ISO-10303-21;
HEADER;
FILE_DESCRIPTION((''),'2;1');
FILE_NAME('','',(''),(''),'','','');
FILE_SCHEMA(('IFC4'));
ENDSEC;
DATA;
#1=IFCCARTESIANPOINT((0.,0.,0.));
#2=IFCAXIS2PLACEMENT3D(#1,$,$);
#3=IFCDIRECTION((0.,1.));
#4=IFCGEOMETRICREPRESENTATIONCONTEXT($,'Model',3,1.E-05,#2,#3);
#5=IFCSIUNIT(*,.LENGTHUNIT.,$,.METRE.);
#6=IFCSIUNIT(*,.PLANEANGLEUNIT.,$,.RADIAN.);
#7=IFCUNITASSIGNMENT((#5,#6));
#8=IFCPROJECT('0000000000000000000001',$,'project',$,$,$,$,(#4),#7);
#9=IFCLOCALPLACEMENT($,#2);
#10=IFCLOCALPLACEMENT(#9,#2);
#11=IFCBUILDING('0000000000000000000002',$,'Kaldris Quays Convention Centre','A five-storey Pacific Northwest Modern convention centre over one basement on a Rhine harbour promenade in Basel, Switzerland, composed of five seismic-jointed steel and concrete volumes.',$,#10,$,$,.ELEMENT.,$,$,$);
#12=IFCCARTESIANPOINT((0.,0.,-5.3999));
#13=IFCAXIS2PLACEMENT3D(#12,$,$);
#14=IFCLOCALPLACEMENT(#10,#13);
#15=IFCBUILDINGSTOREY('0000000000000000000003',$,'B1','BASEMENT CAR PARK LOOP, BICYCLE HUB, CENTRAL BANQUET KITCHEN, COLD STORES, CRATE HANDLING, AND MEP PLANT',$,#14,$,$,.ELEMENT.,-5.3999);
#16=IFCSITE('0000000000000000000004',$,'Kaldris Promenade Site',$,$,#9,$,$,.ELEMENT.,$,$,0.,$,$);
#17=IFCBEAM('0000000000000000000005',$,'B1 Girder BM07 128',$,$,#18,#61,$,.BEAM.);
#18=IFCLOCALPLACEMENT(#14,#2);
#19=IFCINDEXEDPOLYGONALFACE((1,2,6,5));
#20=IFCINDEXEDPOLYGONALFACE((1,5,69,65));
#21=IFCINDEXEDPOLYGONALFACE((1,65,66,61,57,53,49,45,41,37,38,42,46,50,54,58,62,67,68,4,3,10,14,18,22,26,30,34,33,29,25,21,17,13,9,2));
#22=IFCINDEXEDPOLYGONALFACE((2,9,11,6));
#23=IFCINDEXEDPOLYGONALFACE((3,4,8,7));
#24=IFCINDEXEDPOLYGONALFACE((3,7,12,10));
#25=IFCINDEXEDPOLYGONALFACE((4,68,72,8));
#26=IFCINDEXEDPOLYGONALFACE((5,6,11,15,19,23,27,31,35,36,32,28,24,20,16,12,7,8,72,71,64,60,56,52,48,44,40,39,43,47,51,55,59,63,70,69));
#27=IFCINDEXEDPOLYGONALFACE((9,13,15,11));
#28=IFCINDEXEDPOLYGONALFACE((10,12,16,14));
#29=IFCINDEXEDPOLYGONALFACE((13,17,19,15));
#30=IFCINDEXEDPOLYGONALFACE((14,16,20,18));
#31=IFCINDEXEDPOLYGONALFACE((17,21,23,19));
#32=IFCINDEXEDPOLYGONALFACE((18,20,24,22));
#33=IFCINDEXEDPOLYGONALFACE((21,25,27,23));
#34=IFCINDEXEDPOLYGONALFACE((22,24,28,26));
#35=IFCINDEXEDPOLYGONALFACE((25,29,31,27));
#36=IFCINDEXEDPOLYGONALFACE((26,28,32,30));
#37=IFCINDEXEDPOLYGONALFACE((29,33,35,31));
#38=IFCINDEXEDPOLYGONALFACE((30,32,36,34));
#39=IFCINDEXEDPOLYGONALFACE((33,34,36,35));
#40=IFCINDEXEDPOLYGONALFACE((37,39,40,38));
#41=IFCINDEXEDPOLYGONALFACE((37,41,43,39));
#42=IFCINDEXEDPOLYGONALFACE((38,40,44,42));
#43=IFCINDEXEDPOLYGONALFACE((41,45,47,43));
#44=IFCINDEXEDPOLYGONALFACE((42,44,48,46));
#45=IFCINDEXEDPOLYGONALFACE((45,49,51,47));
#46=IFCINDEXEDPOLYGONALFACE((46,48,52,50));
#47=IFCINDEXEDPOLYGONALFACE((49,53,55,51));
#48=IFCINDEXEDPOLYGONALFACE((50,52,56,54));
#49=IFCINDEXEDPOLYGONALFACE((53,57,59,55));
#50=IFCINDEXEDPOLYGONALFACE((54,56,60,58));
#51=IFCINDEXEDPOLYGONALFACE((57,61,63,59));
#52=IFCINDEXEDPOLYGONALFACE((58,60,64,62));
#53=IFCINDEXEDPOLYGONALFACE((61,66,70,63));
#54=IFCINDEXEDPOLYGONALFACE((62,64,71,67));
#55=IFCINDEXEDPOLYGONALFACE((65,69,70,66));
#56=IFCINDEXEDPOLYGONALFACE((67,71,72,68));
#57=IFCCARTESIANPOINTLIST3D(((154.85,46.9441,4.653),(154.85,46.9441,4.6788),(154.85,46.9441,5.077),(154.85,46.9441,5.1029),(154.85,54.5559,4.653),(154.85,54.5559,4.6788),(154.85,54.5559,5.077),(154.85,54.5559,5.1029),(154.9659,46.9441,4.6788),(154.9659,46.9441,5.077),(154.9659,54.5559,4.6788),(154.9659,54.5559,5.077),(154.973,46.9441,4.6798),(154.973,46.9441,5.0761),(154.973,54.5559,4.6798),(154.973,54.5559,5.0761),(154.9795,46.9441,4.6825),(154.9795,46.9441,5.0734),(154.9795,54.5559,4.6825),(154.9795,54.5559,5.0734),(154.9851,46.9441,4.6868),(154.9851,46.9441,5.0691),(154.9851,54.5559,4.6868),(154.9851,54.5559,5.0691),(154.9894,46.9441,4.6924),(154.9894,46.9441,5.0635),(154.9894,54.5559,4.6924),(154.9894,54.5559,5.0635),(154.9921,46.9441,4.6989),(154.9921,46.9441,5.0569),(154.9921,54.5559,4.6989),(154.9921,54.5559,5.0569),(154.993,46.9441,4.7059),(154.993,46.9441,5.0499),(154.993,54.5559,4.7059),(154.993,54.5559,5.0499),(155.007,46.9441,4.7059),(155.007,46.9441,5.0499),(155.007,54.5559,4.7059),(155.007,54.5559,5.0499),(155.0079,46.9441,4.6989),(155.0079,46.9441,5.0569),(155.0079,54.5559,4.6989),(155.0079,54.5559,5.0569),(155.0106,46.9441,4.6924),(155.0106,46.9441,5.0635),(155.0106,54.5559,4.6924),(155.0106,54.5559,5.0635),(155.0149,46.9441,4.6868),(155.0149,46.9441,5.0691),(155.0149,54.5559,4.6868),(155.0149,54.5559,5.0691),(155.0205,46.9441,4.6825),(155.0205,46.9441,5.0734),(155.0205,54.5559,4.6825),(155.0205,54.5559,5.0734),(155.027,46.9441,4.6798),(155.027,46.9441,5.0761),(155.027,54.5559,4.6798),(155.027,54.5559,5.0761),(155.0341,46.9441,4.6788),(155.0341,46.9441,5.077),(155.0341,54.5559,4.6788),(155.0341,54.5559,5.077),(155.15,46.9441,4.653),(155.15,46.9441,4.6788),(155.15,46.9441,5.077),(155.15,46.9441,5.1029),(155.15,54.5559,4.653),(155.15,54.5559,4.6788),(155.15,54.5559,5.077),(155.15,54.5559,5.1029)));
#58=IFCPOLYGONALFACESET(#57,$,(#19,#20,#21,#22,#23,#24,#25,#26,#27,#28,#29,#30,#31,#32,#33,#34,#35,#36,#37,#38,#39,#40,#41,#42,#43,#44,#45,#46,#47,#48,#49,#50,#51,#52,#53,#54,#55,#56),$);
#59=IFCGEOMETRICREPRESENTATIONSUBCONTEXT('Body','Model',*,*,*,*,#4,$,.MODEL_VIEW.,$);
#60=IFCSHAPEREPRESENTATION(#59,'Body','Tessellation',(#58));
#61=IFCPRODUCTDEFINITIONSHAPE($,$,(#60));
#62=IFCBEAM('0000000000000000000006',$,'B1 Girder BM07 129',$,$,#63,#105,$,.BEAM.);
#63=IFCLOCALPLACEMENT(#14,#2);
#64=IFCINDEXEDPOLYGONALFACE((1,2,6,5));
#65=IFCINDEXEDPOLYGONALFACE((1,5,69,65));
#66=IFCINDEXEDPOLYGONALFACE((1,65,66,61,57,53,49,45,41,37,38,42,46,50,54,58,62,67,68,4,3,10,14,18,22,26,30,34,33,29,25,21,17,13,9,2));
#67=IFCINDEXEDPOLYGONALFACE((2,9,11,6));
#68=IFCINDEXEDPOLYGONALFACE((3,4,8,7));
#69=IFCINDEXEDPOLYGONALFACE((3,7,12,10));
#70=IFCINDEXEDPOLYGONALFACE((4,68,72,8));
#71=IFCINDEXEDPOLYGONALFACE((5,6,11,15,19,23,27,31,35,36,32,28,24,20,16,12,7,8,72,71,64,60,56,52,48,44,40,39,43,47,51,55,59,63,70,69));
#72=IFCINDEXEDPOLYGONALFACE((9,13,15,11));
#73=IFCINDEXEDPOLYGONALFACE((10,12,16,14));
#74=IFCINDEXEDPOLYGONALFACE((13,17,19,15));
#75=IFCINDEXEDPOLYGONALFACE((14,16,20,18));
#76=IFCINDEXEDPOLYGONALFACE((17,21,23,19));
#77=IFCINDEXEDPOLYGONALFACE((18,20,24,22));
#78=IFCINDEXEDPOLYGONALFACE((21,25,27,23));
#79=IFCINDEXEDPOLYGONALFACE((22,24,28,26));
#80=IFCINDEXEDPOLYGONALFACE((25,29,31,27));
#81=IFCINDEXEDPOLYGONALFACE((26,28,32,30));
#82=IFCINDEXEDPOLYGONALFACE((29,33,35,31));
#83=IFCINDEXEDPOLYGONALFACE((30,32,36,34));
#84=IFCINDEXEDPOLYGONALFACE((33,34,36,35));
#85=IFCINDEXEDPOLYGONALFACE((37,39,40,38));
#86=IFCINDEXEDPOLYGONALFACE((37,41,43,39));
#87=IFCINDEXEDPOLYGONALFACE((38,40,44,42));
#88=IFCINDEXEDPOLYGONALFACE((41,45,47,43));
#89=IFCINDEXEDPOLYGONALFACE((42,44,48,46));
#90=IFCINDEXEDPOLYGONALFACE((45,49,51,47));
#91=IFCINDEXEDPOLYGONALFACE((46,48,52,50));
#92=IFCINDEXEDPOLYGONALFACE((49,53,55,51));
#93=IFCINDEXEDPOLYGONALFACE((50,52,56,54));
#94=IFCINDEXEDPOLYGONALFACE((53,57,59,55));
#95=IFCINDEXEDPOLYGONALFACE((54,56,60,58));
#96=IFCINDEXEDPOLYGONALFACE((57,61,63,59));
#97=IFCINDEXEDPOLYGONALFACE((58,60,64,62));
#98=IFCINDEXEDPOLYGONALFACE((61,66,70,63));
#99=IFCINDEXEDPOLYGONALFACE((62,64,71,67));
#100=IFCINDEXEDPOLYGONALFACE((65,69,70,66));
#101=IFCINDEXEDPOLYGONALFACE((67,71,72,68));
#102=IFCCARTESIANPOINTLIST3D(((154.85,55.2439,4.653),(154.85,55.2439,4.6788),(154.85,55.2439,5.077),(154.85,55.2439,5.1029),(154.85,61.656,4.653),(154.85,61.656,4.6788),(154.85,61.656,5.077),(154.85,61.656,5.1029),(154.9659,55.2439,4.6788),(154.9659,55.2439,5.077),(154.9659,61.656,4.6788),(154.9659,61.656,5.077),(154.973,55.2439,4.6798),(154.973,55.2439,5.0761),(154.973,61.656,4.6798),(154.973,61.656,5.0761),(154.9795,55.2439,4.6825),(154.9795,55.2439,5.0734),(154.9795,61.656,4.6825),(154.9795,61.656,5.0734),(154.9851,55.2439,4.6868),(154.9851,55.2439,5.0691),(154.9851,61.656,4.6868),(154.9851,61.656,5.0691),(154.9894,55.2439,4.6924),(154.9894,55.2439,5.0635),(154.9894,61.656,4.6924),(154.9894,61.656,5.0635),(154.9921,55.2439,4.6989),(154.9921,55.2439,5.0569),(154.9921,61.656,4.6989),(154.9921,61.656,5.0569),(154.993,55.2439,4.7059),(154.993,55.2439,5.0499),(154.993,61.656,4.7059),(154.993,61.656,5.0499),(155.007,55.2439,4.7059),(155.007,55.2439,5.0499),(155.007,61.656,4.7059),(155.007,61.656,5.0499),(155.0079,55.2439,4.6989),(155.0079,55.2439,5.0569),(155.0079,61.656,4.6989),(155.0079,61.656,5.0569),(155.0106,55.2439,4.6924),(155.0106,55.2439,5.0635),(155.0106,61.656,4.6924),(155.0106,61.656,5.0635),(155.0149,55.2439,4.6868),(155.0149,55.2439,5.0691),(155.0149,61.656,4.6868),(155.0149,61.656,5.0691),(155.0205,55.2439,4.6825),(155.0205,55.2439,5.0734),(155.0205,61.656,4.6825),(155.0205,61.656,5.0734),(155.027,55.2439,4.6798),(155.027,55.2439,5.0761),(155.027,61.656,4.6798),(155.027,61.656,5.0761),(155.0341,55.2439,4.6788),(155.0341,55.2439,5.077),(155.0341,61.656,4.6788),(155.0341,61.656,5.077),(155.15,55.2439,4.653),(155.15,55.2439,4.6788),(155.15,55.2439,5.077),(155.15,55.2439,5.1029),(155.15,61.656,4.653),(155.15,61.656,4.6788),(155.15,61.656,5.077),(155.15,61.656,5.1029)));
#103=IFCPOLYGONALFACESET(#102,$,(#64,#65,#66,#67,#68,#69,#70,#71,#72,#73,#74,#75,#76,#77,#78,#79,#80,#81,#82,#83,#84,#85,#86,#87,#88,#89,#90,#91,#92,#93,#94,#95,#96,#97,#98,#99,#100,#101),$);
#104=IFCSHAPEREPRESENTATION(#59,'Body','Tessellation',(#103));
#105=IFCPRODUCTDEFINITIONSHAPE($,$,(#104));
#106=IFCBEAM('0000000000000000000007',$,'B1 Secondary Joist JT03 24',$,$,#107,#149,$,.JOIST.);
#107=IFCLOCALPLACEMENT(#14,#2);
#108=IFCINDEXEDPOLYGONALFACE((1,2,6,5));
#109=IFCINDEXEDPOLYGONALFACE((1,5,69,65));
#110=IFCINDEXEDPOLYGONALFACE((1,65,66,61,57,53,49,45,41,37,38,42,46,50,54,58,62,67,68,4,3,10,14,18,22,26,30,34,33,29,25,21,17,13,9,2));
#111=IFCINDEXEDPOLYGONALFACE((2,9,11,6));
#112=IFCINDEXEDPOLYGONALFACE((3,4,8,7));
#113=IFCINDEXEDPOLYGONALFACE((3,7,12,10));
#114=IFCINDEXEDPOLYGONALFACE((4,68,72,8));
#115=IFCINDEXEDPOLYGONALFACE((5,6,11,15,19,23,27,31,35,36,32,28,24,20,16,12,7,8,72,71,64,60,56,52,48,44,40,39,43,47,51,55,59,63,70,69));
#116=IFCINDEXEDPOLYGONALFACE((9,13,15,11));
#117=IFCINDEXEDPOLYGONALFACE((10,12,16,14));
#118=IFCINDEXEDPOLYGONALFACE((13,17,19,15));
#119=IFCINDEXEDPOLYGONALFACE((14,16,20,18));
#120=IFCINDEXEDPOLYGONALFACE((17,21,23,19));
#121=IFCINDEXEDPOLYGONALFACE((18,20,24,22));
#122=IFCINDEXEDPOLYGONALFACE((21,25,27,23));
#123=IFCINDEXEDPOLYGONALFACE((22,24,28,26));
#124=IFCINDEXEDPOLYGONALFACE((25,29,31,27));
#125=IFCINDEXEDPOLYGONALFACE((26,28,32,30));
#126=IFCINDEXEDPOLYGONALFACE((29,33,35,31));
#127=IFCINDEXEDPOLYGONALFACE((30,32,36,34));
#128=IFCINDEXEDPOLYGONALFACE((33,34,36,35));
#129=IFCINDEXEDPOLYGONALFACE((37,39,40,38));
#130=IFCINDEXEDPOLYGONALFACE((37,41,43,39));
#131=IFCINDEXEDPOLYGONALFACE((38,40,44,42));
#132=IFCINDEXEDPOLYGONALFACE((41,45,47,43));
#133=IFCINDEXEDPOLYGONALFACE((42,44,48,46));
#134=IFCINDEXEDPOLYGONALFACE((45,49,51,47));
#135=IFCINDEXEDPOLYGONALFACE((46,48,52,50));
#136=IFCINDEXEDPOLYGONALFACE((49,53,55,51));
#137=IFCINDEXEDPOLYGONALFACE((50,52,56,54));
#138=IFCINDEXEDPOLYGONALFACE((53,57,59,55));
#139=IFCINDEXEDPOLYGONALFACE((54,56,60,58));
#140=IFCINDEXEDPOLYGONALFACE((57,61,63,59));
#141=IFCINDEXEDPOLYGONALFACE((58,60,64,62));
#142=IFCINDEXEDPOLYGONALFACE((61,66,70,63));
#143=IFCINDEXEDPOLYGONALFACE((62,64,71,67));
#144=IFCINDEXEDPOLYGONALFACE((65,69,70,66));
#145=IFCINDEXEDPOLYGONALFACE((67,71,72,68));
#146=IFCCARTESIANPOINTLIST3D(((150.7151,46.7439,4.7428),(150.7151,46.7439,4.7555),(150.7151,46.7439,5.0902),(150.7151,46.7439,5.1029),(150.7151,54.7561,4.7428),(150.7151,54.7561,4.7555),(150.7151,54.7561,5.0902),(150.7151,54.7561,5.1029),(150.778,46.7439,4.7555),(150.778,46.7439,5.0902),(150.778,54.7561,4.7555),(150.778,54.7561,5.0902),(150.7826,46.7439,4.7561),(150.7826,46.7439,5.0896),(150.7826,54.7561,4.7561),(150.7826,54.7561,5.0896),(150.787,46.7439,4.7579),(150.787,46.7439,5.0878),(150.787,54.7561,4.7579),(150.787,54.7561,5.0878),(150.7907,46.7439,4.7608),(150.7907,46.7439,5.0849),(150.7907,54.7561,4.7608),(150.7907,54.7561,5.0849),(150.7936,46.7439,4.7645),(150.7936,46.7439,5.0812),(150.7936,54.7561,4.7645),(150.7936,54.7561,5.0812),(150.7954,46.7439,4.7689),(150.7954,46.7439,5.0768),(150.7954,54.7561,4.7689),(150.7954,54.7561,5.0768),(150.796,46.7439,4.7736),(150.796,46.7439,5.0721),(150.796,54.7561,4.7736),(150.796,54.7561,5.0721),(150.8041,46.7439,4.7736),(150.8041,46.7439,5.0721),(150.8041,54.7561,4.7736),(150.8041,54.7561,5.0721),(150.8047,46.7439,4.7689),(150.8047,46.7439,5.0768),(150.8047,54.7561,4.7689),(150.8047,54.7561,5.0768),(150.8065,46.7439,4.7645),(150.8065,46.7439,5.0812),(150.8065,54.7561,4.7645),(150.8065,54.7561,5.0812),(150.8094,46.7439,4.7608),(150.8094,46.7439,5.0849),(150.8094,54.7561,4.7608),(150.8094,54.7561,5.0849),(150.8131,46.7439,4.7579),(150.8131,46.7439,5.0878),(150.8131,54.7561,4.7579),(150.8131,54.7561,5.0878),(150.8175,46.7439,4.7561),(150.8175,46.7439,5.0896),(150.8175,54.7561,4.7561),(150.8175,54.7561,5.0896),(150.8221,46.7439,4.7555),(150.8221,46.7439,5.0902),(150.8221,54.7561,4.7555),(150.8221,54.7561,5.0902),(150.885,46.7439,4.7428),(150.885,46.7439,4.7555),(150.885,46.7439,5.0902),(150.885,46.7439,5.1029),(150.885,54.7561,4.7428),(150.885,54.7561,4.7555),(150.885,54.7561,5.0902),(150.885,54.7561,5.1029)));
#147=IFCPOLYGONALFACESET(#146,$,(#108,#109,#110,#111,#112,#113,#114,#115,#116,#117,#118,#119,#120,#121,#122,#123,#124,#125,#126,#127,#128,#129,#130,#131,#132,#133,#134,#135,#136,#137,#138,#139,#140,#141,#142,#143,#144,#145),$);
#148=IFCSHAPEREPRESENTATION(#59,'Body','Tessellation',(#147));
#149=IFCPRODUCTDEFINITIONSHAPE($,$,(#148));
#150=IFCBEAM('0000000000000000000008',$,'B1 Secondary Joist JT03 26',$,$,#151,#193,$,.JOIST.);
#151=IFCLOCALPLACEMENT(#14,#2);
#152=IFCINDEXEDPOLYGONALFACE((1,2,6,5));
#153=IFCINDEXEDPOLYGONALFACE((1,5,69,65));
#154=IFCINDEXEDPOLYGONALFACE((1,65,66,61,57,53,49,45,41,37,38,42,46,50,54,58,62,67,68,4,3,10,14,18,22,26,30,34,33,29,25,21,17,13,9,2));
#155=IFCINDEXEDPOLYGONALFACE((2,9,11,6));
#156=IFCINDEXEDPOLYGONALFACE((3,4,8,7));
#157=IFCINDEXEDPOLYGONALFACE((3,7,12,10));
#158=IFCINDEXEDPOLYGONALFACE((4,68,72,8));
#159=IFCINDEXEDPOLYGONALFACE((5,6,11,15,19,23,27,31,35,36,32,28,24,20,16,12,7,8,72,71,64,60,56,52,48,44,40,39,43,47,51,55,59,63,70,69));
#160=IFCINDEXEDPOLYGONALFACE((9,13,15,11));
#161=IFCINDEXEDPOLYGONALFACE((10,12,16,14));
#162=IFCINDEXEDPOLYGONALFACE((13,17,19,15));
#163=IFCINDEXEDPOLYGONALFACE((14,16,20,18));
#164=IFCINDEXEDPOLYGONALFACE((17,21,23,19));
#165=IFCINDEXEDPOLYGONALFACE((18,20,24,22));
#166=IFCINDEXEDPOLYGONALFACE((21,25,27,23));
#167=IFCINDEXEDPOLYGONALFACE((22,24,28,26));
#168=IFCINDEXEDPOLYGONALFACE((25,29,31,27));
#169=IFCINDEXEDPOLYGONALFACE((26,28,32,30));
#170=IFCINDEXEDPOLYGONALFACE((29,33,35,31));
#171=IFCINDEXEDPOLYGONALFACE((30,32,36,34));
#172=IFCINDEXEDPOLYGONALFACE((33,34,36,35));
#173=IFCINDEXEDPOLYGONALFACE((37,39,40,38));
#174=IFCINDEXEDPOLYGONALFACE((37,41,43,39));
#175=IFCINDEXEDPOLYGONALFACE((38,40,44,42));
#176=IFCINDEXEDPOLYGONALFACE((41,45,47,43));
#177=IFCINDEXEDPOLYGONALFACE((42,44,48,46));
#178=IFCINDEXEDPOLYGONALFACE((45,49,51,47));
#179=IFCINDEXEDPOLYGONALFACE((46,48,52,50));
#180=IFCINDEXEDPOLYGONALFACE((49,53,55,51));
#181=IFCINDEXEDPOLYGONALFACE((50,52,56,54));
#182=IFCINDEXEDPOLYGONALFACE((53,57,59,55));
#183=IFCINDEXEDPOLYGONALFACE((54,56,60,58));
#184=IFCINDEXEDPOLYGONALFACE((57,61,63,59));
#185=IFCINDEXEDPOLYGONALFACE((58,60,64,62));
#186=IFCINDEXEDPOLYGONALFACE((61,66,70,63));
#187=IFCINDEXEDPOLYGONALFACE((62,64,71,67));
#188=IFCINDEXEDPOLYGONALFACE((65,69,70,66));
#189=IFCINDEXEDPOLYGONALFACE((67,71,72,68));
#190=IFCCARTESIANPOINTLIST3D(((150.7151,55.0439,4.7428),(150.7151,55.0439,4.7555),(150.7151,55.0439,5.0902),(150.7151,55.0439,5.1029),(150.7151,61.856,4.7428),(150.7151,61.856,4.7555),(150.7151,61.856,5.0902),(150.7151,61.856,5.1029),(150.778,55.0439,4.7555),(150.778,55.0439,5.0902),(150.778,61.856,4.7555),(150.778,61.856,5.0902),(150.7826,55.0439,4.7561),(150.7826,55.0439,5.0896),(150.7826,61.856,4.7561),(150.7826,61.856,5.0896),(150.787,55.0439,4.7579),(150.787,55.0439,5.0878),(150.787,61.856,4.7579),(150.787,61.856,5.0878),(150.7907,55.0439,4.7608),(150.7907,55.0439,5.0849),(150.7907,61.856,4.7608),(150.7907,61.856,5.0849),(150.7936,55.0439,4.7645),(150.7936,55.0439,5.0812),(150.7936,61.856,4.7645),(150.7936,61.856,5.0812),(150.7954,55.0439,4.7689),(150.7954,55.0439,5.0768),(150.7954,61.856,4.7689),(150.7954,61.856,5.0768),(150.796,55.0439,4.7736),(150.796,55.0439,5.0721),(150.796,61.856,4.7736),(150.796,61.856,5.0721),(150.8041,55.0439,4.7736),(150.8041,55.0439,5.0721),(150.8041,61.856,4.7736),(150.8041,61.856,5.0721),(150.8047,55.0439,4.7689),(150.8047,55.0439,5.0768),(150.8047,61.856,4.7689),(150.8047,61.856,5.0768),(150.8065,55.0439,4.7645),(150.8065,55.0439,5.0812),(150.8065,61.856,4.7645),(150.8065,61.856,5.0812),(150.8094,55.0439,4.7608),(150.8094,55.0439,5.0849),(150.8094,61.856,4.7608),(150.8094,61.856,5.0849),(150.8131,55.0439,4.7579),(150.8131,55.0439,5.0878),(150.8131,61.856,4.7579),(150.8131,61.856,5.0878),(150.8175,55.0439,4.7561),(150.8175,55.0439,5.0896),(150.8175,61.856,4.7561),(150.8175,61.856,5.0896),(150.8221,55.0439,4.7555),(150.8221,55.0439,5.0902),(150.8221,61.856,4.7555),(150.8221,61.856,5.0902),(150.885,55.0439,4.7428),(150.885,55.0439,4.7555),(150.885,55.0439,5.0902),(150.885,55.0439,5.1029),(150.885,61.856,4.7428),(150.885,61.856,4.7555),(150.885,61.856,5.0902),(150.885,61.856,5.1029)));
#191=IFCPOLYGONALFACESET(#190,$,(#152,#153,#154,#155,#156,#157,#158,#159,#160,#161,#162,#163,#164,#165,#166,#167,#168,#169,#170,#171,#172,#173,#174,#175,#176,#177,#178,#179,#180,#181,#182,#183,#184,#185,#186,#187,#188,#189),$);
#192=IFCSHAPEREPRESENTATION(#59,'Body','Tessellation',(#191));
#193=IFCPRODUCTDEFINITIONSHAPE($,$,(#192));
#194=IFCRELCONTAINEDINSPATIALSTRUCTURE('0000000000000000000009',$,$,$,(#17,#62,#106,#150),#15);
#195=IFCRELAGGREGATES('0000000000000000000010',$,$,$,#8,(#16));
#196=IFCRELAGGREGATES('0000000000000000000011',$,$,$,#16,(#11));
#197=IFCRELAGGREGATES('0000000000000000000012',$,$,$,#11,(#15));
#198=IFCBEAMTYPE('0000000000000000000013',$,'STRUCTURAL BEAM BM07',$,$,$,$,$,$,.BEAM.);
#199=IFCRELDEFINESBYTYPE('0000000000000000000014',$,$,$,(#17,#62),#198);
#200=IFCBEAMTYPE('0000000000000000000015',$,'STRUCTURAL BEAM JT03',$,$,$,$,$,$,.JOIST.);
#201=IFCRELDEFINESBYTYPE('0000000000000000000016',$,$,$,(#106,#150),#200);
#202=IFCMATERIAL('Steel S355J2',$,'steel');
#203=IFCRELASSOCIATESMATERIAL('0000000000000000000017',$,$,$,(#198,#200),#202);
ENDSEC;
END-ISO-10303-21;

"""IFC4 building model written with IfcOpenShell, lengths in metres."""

from ifc_helpers import new_model, si_unit, direction, frame, origin, origin_2d, place, context, subcontext, project, spatial, i_section, extrude, material, material_profile, profile_set, type_object, element, save


model = new_model("IFC4")

# Units and contexts
model_context = context("Model", 3, precision=1e-05, world=origin(), true_north=direction((0.0, 1.0)))
body_context = subcontext(model_context, "Body", "Model", "MODEL_VIEW")
ifc_project = project(units=[si_unit("LENGTHUNIT", "METRE"), si_unit("PLANEANGLEUNIT", "RADIAN")], contexts=[model_context])

# Site, building, storey
site_placement = place(None, origin())
site = spatial("IfcSite", under=ifc_project, at=site_placement, Name="Kaldris Promenade Site", CompositionType="ELEMENT", RefElevation=0.0)
building_placement = place(site_placement, origin())
building = spatial("IfcBuilding", under=site, at=building_placement, Name="Kaldris Quays Convention Centre", Description="A five-storey Pacific Northwest Modern convention centre over one basement on a Rhine harbour promenade in Basel, Switzerland, composed of five seismic-jointed steel and concrete volumes.", CompositionType="ELEMENT")
storey_placement = place(building_placement, frame((0.0, 0.0, -5.3999)))
storey = spatial("IfcBuildingStorey", under=building, at=storey_placement, Name="B1", Description="BASEMENT CAR PARK LOOP, BICYCLE HUB, CENTRAL BANQUET KITCHEN, COLD STORES, CRATE HANDLING, AND MEP PLANT", CompositionType="ELEMENT", Elevation=-5.3999)

# Shared definitions
ifc_material_1 = material(Name="Steel S355J2", Category="steel")

# Beams
ifc_material_profile_1 = material_profile(ifc_material_1, i_section(OverallWidth=0.3, OverallDepth=0.45, WebThickness=0.0139, FlangeThickness=0.0259, FilletRadius=0.0271, at=origin_2d()), Name="HEB 450")
ifc_profile_set_1 = profile_set([ifc_material_profile_1], Name="Steel S355J2")
beam_type_1 = type_object("IfcBeamType", Name="STRUCTURAL BEAM BM07", PredefinedType="BEAM", material=ifc_profile_set_1)
beam_1_placement = place(storey_placement, frame((155.0, 46.9441, 4.8779), z_axis=(0.0, 1.0, 0.0), x_axis=(-1.0, 0.0, 0.0)))
element("IfcBeam", 1, at=beam_1_placement, inside=storey, type_object=beam_type_1, Name="B1 Girder BM07 128", PredefinedType="BEAM", context=body_context, shape_type="SweptSolid", body=[
    extrude(i_section(OverallWidth=0.3, OverallDepth=0.45, WebThickness=0.0139, FlangeThickness=0.0259, FilletRadius=0.0271, at=origin_2d()), origin(), (0.0, 0.0, 1.0), 7.6118),
])
beam_2_placement = place(storey_placement, frame((155.0, 55.2439, 4.8779), z_axis=(0.0, 1.0, 0.0), x_axis=(-1.0, 0.0, 0.0)))
element("IfcBeam", 2, at=beam_2_placement, inside=storey, type_object=beam_type_1, Name="B1 Girder BM07 129", PredefinedType="BEAM", context=body_context, shape_type="SweptSolid", body=[
    extrude(i_section(OverallWidth=0.3, OverallDepth=0.45, WebThickness=0.0139, FlangeThickness=0.0259, FilletRadius=0.0271, at=origin_2d()), origin(), (0.0, 0.0, 1.0), 6.4121),
])
ifc_material_profile_2 = material_profile(ifc_material_1, i_section(OverallWidth=0.1699, OverallDepth=0.3601, WebThickness=0.0081, FlangeThickness=0.0127, FilletRadius=0.0181, at=origin_2d()), Name="IPE 360")
ifc_profile_set_2 = profile_set([ifc_material_profile_2], Name="Steel S355J2")
beam_type_2 = type_object("IfcBeamType", Name="STRUCTURAL BEAM JT03", PredefinedType="JOIST", material=ifc_profile_set_2)
beam_3_placement = place(storey_placement, frame((150.8, 46.7439, 4.9229), z_axis=(0.0, 1.0, 0.0), x_axis=(-1.0, 0.0, 0.0)))
element("IfcBeam", 3, at=beam_3_placement, inside=storey, type_object=beam_type_2, Name="B1 Secondary Joist JT03 24", PredefinedType="JOIST", context=body_context, shape_type="SweptSolid", body=[
    extrude(i_section(OverallWidth=0.1699, OverallDepth=0.3601, WebThickness=0.0081, FlangeThickness=0.0127, FilletRadius=0.0181, at=origin_2d()), origin(), (0.0, 0.0, 1.0), 8.0122),
])
beam_4_placement = place(storey_placement, frame((150.8, 55.0439, 4.9229), z_axis=(0.0, 1.0, 0.0), x_axis=(-1.0, 0.0, 0.0)))
element("IfcBeam", 4, at=beam_4_placement, inside=storey, type_object=beam_type_2, Name="B1 Secondary Joist JT03 26", PredefinedType="JOIST", context=body_context, shape_type="SweptSolid", body=[
    extrude(i_section(OverallWidth=0.1699, OverallDepth=0.3601, WebThickness=0.0081, FlangeThickness=0.0127, FilletRadius=0.0181, at=origin_2d()), origin(), (0.0, 0.0, 1.0), 6.812),
])

save(model, "model.ifc")
